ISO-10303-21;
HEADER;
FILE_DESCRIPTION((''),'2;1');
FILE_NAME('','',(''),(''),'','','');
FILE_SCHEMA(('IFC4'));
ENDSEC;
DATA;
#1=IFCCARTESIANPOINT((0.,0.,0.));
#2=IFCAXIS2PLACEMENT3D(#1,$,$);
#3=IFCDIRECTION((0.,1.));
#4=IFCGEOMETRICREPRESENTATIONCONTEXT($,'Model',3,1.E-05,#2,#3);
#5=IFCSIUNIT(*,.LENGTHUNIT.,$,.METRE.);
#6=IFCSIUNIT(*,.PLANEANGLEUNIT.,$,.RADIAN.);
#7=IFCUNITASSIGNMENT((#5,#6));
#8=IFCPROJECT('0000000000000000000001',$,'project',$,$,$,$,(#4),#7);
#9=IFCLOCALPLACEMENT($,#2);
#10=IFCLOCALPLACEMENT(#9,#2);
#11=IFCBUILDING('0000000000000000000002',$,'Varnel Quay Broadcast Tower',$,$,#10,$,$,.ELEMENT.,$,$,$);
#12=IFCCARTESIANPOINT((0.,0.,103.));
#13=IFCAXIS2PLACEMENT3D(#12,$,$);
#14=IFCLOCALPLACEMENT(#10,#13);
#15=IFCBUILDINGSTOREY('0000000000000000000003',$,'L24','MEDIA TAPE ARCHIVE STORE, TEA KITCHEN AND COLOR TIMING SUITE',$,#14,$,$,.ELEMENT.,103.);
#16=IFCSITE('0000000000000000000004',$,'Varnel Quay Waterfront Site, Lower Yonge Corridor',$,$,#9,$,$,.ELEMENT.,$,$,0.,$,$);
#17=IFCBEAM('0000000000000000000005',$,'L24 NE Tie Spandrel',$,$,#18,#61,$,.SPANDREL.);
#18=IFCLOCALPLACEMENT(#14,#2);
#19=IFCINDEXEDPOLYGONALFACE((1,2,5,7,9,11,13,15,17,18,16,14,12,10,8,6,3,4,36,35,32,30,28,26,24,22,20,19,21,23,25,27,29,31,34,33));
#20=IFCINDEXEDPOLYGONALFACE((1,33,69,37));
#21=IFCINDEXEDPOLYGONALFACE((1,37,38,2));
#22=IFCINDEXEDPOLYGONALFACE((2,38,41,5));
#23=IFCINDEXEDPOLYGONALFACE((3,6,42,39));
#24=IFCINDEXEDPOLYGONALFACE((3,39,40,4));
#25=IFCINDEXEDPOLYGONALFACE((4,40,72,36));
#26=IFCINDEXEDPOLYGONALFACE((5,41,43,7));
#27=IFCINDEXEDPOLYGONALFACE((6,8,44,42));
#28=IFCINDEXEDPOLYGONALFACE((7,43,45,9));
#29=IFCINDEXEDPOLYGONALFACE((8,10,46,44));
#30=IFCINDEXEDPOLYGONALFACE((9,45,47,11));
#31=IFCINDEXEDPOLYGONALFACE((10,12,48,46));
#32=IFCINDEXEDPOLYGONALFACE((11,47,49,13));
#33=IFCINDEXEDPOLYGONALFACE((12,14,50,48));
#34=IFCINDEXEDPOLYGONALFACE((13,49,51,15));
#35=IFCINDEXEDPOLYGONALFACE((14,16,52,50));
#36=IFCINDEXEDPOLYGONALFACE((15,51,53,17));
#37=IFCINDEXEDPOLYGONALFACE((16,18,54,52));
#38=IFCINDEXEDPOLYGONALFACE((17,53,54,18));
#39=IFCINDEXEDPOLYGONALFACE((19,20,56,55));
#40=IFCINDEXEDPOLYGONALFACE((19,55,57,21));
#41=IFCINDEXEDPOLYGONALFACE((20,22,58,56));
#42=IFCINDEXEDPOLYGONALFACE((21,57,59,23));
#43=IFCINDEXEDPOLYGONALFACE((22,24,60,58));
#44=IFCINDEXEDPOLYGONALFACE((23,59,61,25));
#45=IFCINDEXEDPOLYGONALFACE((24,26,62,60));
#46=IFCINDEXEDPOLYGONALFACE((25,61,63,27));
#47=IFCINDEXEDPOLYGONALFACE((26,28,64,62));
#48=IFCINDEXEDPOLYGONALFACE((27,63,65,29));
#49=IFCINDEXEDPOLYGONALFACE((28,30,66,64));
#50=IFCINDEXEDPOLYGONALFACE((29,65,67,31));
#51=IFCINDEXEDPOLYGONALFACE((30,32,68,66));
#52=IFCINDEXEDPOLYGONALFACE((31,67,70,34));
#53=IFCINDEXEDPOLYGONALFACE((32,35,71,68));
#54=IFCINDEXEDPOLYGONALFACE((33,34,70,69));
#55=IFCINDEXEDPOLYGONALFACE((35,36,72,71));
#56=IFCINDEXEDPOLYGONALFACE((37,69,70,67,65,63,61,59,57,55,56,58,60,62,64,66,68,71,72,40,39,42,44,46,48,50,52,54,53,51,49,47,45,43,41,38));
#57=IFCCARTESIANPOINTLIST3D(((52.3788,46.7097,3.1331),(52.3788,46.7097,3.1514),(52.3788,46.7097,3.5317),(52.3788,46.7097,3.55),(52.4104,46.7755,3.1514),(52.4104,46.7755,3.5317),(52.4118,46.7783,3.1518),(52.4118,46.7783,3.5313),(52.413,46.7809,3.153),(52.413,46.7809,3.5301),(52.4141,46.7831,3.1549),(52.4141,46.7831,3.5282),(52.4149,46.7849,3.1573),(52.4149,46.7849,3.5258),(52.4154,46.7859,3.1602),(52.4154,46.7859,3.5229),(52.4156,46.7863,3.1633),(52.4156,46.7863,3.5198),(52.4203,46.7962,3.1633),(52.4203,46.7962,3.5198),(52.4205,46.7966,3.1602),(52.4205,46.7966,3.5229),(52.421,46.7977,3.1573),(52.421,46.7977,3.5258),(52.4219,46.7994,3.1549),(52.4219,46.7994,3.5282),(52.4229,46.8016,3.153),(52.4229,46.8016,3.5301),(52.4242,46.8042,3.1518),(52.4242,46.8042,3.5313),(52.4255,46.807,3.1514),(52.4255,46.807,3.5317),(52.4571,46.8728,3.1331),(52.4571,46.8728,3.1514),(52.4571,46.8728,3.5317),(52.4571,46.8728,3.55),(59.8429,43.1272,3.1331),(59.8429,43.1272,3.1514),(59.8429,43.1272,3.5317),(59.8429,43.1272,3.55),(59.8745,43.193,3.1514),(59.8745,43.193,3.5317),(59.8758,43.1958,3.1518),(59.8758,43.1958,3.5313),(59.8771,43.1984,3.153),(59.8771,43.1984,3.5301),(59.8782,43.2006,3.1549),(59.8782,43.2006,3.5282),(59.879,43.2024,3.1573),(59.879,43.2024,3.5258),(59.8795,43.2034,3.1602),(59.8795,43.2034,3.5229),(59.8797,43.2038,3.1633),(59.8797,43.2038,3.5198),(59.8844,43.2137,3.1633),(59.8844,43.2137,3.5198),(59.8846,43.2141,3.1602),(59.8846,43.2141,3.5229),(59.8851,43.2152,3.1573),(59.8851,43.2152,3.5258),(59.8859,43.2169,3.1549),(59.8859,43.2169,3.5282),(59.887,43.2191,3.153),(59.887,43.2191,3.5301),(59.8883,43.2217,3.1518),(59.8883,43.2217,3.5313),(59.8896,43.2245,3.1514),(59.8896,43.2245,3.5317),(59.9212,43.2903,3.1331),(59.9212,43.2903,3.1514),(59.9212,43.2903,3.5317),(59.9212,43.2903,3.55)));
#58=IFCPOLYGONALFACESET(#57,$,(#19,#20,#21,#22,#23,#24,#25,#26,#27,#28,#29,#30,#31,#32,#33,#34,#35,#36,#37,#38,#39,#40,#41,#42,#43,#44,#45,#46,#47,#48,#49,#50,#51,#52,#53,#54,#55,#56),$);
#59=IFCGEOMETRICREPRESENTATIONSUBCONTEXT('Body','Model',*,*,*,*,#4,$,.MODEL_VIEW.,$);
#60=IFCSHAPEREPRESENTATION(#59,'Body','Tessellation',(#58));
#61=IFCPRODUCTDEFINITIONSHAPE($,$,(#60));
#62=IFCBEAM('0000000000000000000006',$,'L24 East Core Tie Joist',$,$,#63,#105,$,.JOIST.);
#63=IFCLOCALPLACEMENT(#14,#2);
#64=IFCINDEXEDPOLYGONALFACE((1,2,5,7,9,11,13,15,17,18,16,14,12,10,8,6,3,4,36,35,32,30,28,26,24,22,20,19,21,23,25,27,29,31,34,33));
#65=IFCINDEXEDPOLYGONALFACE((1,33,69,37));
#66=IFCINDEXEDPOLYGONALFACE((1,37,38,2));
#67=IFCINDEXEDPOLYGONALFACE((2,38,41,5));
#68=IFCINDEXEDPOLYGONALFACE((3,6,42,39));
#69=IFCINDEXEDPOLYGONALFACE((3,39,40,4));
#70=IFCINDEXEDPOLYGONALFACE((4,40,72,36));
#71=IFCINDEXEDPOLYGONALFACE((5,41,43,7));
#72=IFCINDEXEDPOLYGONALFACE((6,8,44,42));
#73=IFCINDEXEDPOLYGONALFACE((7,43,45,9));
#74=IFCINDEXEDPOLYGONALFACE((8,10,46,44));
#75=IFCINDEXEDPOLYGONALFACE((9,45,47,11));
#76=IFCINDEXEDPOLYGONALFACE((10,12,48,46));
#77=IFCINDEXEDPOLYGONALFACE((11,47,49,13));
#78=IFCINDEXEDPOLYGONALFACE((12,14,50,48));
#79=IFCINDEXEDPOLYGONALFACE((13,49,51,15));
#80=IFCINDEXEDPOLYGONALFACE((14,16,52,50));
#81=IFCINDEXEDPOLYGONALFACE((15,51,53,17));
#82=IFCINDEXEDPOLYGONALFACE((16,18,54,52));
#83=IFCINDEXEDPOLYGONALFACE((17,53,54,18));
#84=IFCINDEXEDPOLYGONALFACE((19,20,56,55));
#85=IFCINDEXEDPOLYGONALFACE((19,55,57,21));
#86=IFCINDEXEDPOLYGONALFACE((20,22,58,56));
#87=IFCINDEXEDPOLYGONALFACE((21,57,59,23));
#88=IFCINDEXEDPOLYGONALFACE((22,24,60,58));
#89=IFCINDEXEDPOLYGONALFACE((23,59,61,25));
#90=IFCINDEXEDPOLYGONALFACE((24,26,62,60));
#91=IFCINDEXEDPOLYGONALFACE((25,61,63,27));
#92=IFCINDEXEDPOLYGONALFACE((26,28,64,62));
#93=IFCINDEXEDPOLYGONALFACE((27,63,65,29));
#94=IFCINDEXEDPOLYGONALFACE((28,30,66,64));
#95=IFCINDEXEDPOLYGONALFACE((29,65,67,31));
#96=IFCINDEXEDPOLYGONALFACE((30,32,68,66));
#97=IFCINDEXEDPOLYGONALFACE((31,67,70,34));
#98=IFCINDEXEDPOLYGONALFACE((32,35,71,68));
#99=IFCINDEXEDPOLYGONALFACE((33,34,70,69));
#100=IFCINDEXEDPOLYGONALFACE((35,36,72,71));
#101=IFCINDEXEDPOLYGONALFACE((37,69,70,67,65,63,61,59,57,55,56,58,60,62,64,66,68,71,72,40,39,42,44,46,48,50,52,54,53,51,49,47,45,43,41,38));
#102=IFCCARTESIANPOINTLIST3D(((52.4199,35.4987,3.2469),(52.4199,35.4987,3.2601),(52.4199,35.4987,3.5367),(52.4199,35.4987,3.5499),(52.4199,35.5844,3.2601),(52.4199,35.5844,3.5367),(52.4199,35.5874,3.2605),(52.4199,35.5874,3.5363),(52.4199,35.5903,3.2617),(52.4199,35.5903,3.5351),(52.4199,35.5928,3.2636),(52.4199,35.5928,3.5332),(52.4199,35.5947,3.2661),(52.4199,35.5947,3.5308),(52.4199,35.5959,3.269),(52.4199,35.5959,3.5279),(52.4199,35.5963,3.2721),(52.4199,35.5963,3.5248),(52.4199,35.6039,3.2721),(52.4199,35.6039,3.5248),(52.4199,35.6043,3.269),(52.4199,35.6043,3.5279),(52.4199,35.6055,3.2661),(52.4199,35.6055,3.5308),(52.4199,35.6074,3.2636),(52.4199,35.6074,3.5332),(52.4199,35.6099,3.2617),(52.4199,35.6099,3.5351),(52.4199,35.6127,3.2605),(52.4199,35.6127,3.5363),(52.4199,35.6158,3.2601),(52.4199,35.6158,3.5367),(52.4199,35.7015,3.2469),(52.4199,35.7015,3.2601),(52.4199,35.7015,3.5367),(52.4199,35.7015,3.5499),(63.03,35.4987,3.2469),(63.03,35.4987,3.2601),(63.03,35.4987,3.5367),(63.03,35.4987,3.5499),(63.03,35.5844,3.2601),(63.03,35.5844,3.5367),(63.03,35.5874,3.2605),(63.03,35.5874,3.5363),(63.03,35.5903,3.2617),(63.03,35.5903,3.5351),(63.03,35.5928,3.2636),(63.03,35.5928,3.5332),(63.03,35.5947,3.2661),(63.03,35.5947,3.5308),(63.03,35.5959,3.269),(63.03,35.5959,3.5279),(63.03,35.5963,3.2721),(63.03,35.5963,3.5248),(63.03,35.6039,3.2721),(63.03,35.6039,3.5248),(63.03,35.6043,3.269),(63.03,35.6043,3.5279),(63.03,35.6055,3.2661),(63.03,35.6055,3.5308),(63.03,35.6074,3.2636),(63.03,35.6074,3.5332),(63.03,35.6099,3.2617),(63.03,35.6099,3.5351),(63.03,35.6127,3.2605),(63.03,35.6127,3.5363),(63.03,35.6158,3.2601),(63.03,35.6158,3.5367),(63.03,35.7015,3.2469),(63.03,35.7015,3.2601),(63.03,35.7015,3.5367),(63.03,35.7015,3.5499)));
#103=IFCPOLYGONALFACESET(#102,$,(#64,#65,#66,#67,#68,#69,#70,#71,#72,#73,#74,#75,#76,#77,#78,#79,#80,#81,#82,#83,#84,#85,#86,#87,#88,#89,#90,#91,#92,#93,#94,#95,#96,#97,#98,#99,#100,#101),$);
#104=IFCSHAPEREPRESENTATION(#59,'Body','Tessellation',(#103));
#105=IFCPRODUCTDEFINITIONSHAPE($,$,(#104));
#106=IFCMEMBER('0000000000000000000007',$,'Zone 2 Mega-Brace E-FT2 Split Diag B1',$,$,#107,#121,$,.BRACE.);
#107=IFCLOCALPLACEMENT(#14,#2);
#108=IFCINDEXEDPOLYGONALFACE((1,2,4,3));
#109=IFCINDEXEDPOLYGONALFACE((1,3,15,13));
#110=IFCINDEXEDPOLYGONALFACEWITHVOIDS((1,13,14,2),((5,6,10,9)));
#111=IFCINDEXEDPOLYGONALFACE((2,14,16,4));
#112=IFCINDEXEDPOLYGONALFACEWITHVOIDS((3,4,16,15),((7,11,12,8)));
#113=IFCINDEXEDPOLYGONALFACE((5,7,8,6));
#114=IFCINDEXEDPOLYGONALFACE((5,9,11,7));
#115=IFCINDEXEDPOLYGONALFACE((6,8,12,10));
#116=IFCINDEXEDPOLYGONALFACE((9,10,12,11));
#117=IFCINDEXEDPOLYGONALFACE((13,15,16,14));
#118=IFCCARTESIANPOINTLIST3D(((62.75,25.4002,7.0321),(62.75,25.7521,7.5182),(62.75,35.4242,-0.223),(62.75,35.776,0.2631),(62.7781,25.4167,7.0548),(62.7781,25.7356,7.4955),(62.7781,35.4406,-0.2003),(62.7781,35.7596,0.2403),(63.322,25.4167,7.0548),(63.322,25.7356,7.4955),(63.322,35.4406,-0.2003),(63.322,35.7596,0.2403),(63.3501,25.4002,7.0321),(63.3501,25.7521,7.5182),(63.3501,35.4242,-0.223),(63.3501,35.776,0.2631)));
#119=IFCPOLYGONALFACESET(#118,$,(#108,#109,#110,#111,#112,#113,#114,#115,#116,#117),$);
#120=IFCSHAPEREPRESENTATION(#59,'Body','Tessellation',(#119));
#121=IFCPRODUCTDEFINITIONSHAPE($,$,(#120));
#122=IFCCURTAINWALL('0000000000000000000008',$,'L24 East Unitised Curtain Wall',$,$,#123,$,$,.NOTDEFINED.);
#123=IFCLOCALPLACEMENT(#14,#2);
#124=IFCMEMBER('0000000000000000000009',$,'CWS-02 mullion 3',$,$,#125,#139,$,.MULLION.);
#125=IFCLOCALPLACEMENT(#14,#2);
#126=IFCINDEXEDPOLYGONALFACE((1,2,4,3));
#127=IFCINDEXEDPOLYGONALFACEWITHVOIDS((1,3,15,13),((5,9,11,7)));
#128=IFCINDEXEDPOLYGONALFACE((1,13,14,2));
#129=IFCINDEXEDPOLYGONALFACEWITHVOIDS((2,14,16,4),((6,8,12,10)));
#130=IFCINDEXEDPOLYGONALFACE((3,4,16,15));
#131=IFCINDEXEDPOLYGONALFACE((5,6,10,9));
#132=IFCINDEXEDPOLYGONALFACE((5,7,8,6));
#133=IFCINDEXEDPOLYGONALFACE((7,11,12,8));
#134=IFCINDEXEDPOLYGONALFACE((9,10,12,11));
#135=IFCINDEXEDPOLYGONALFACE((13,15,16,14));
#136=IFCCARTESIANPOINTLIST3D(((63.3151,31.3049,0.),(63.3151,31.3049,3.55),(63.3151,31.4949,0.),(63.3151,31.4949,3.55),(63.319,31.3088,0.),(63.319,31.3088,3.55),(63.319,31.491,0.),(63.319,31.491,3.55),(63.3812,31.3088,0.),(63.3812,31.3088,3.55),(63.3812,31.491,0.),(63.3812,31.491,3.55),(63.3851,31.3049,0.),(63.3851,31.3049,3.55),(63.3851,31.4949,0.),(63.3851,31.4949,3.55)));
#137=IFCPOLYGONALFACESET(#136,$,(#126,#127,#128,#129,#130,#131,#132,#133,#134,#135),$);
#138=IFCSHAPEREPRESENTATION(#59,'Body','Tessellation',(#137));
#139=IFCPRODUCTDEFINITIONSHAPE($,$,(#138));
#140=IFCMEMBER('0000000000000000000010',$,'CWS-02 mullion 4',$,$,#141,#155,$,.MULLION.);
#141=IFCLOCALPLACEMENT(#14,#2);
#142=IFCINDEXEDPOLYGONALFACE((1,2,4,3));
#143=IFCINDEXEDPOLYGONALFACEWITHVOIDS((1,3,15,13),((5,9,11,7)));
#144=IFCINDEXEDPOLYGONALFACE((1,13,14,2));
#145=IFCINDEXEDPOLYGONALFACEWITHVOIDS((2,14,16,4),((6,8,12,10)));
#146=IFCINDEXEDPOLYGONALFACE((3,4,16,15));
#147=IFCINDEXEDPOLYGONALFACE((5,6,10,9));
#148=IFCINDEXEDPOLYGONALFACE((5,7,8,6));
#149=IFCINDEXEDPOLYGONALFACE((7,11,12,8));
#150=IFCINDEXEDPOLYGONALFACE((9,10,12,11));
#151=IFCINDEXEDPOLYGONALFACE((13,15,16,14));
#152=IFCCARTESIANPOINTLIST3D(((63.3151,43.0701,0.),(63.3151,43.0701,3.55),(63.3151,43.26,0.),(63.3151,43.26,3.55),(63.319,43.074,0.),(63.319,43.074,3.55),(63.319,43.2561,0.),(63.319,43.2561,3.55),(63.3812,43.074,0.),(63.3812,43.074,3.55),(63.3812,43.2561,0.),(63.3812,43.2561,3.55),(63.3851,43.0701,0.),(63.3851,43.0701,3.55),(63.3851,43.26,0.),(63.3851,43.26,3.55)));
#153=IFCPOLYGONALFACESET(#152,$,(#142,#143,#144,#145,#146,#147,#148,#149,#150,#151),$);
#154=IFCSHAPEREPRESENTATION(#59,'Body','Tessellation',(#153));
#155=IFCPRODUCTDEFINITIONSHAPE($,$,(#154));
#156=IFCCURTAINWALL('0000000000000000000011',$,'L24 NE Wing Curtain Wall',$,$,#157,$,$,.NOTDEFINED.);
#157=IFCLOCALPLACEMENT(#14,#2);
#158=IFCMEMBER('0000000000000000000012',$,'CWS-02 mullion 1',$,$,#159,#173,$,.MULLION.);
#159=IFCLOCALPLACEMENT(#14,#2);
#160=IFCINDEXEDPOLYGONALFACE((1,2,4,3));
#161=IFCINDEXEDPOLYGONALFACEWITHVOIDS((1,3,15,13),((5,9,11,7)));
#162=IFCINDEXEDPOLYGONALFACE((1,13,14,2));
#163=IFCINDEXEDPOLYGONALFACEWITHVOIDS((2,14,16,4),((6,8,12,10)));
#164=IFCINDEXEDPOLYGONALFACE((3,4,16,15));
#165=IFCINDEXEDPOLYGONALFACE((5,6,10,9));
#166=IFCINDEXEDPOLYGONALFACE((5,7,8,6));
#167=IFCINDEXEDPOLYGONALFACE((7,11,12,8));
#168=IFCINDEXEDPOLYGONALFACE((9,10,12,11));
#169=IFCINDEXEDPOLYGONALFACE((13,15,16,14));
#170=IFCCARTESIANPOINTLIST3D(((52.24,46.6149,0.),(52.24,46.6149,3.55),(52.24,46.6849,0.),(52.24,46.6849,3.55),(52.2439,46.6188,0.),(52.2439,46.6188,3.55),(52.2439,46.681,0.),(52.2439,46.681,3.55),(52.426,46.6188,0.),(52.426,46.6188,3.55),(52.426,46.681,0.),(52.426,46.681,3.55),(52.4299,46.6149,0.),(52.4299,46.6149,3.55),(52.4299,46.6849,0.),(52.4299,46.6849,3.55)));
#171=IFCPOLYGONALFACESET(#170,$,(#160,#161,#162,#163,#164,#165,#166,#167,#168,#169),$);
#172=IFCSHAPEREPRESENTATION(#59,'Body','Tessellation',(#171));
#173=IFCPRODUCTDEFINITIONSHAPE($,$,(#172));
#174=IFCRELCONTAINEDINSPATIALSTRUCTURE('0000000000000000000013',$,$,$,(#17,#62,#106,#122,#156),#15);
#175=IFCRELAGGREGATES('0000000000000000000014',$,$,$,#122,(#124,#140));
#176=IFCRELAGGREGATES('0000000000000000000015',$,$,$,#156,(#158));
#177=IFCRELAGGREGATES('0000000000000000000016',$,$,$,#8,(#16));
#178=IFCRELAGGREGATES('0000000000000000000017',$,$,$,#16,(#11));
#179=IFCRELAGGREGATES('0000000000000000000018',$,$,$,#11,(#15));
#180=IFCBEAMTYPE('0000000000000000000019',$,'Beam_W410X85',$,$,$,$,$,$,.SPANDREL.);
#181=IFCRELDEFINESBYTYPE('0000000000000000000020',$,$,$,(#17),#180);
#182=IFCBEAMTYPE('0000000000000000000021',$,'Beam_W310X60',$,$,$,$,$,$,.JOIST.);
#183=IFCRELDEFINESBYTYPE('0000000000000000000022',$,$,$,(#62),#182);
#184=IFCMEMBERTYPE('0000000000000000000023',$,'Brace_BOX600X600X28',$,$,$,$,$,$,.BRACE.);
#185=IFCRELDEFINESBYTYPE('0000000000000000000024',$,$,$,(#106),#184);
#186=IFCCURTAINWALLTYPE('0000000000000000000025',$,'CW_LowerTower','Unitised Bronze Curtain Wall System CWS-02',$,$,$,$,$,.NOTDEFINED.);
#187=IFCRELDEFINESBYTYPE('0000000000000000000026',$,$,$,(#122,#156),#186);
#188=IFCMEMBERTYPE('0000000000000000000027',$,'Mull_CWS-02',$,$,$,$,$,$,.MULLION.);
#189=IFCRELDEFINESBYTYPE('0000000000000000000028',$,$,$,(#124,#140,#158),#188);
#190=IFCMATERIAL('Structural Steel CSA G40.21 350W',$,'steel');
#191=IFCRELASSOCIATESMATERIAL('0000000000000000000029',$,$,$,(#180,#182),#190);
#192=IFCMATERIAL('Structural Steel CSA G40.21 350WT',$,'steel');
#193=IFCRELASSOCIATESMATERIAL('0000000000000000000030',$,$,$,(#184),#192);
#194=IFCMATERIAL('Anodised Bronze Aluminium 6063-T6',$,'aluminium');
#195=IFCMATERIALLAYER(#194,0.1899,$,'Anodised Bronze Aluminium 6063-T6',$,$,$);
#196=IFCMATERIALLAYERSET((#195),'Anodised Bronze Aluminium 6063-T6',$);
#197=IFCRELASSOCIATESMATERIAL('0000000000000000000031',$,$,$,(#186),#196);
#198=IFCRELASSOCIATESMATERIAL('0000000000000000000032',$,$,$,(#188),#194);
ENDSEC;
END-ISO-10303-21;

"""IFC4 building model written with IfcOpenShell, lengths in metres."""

from ifc_helpers import new_model, si_unit, direction, frame, origin, origin_2d, place, context, subcontext, project, spatial, hollow_rectangle, i_section, extrude, source, transform, mapped, material, layer, layer_set, material_profile, profile_set, type_object, type_shapes, element, aggregate, save


model = new_model("IFC4")

# Units and contexts
model_context = context("Model", 3, precision=1e-05, world=origin(), true_north=direction((0.0, 1.0)))
body_context = subcontext(model_context, "Body", "Model", "MODEL_VIEW")
ifc_project = project(units=[si_unit("LENGTHUNIT", "METRE"), si_unit("PLANEANGLEUNIT", "RADIAN")], contexts=[model_context])

# Site, building, storey
site_placement = place(None, origin())
site = spatial("IfcSite", under=ifc_project, at=site_placement, Name="Varnel Quay Waterfront Site, Lower Yonge Corridor", CompositionType="ELEMENT", RefElevation=0.0)
building_placement = place(site_placement, origin())
building = spatial("IfcBuilding", under=site, at=building_placement, Name="Varnel Quay Broadcast Tower", CompositionType="ELEMENT")
storey_placement = place(building_placement, frame((0.0, 0.0, 103.0)))
storey = spatial("IfcBuildingStorey", under=building, at=storey_placement, Name="L24", Description="MEDIA TAPE ARCHIVE STORE, TEA KITCHEN AND COLOR TIMING SUITE", CompositionType="ELEMENT", Elevation=103.0)

# Shared definitions
ifc_material_1 = material(Name="Structural Steel CSA G40.21 350WT", Category="steel")
ifc_material_2 = material(Name="Structural Steel CSA G40.21 350W", Category="steel")

# Beams
ifc_material_profile_1 = material_profile(ifc_material_2, i_section(OverallWidth=0.1809, OverallDepth=0.417, WebThickness=0.011, FlangeThickness=0.0183, FilletRadius=0.012, at=origin_2d()), Name="W410X85")
ifc_profile_set_1 = profile_set([ifc_material_profile_1], Name="Structural Steel CSA G40.21 350W")
beam_type_1 = type_object("IfcBeamType", Name="Beam_W410X85", PredefinedType="SPANDREL", material=ifc_profile_set_1)
shared_shape_1 = source(origin(), body_context, "Body", "SweptSolid", [
    extrude(i_section(OverallWidth=0.1809, OverallDepth=0.417, WebThickness=0.011, FlangeThickness=0.0183, FilletRadius=0.012, at=origin_2d()), origin(), (0.0, 0.0, 1.0), 8.2793),
])
beam_1_placement = place(storey_placement, frame((52.418, 46.7913, 3.3416), z_axis=(0.901535, -0.432706, 0.0), x_axis=(0.432706, 0.901535, 0.0)))
element("IfcBeam", 1, at=beam_1_placement, inside=storey, type_object=beam_type_1, Name="L24 NE Tie Spandrel", PredefinedType="SPANDREL", context=body_context, shape_type="MappedRepresentation", body=[
    mapped(shared_shape_1, transform((0.0, 0.0, 0.0), x_axis=(1.0, 0.0, 0.0), y_axis=(0.0, 1.0, 0.0), z_axis=(0.0, 0.0, 1.0), scale=1.0)),
])
ifc_material_profile_2 = material_profile(ifc_material_2, i_section(OverallWidth=0.2029, OverallDepth=0.303, WebThickness=0.0076, FlangeThickness=0.0132, FilletRadius=0.012, at=origin_2d()), Name="W310X60")
ifc_profile_set_2 = profile_set([ifc_material_profile_2], Name="Structural Steel CSA G40.21 350W")
beam_type_2 = type_object("IfcBeamType", Name="Beam_W310X60", PredefinedType="JOIST", material=ifc_profile_set_2)
shared_shape_2 = source(origin(), body_context, "Body", "SweptSolid", [
    extrude(i_section(OverallWidth=0.2029, OverallDepth=0.303, WebThickness=0.0076, FlangeThickness=0.0132, FilletRadius=0.012, at=origin_2d()), origin(), (0.0, 0.0, 1.0), 10.6101),
])
type_shapes(beam_type_2, [shared_shape_2])
beam_2_placement = place(storey_placement, frame((52.4199, 35.6001, 3.3984), z_axis=(1.0, 0.0, 0.0), x_axis=(0.0, 1.0, 0.0)))
element("IfcBeam", 2, at=beam_2_placement, inside=storey, type_object=beam_type_2, Name="L24 East Core Tie Joist", PredefinedType="JOIST", context=body_context, shape_type="MappedRepresentation", body=[
    mapped(shared_shape_2, transform((0.0, 0.0, 0.0), x_axis=(1.0, 0.0, 0.0), y_axis=(0.0, 1.0, 0.0), z_axis=(0.0, 0.0, 1.0), scale=1.0)),
])

# Member
ifc_material_profile_3 = material_profile(ifc_material_1, hollow_rectangle(XDim=0.6001, YDim=0.6001, WallThickness=0.0281, at=origin_2d()), Name="BOX600X600X28")
ifc_profile_set_3 = profile_set([ifc_material_profile_3], Name="Structural Steel CSA G40.21 350WT")
member_type_1 = type_object("IfcMemberType", Name="Brace_BOX600X600X28", PredefinedType="BRACE", material=ifc_profile_set_3)
shared_shape_3 = source(origin(), body_context, "Body", "SweptSolid", [
    extrude(hollow_rectangle(XDim=0.6001, YDim=0.6001, WallThickness=0.0281, at=origin_2d()), origin(), (0.0, 0.0, 1.0), 12.374),
])
type_shapes(member_type_1, [shared_shape_3])
member_1_placement = place(storey_placement, frame((63.05, 35.6001, 0.02), z_axis=(0.0, -0.810079, 0.58632), x_axis=(1.0, 0.0, 0.0)))
element("IfcMember", 3, at=member_1_placement, inside=storey, type_object=member_type_1, Name="Zone 2 Mega-Brace E-FT2 Split Diag B1", PredefinedType="BRACE", context=body_context, shape_type="MappedRepresentation", body=[
    mapped(shared_shape_3, transform((0.0, 0.0, 0.0), x_axis=(1.0, 0.0, 0.0), y_axis=(0.0, 1.0, 0.0), z_axis=(0.0, 0.0, 1.0), scale=1.0)),
])

# Curtain walls, members
ifc_material_3 = material(Name="Anodised Bronze Aluminium 6063-T6", Category="aluminium")
ifc_layer_1 = layer(ifc_material_3, 0.1899, Name="Anodised Bronze Aluminium 6063-T6")
ifc_layer_set_1 = layer_set([ifc_layer_1], Name="Anodised Bronze Aluminium 6063-T6")
curtain_wall_type = type_object("IfcCurtainWallType", Name="CW_LowerTower", Description="Unitised Bronze Curtain Wall System CWS-02", PredefinedType="NOTDEFINED", material=ifc_layer_set_1)
curtain_wall_1_placement = place(storey_placement, origin())
curtain_wall_1 = element("IfcCurtainWall", 4, at=curtain_wall_1_placement, inside=storey, type_object=curtain_wall_type, Name="L24 East Unitised Curtain Wall", PredefinedType="NOTDEFINED")
ifc_material_profile_4 = material_profile(ifc_material_3, hollow_rectangle(XDim=0.0701, YDim=0.1899, WallThickness=0.0039, at=origin_2d()), Name="ALU70X190X4")
ifc_profile_set_4 = profile_set([ifc_material_profile_4], Name="Anodised Bronze Aluminium 6063-T6")
member_type_2 = type_object("IfcMemberType", Name="Mull_CWS-02", PredefinedType="MULLION", material=ifc_profile_set_4)
shared_shape_4 = source(origin(), body_context, "Body", "SweptSolid", [
    extrude(hollow_rectangle(XDim=0.0701, YDim=0.1899, WallThickness=0.0039, at=origin_2d()), origin(), (0.0, 0.0, 1.0), 3.55),
])
type_shapes(member_type_2, [shared_shape_4])
member_2_placement = place(storey_placement, frame((63.3501, 31.3999, 0.0), z_axis=(0.0, 0.0, 1.0), x_axis=(-1.0, 0.0, 0.0)))
member_2 = element("IfcMember", 5, at=member_2_placement, type_object=member_type_2, Name="CWS-02 mullion 3", PredefinedType="MULLION", context=body_context, shape_type="MappedRepresentation", body=[
    mapped(shared_shape_4, transform((0.0, 0.0, 0.0), x_axis=(1.0, 0.0, 0.0), y_axis=(0.0, 1.0, 0.0), z_axis=(0.0, 0.0, 1.0), scale=1.0)),
])
member_3_placement = place(storey_placement, frame((63.3501, 43.165, 0.0), z_axis=(0.0, 0.0, 1.0), x_axis=(-1.0, 0.0, 0.0)))
member_3 = element("IfcMember", 6, at=member_3_placement, type_object=member_type_2, Name="CWS-02 mullion 4", PredefinedType="MULLION", context=body_context, shape_type="MappedRepresentation", body=[
    mapped(shared_shape_4, transform((0.0, 0.0, 0.0), x_axis=(1.0, 0.0, 0.0), y_axis=(0.0, 1.0, 0.0), z_axis=(0.0, 0.0, 1.0), scale=1.0)),
])
curtain_wall_2_placement = place(storey_placement, origin())
curtain_wall_2 = element("IfcCurtainWall", 7, at=curtain_wall_2_placement, inside=storey, type_object=curtain_wall_type, Name="L24 NE Wing Curtain Wall", PredefinedType="NOTDEFINED")
member_4_placement = place(storey_placement, frame((52.335, 46.6499, 0.0), z_axis=(0.0, 0.0, 1.0), x_axis=(0.0, 1.0, 0.0)))
member_4 = element("IfcMember", 8, at=member_4_placement, type_object=member_type_2, Name="CWS-02 mullion 1", PredefinedType="MULLION", context=body_context, shape_type="MappedRepresentation", body=[
    mapped(shared_shape_4, transform((0.0, 0.0, 0.0), x_axis=(1.0, 0.0, 0.0), y_axis=(0.0, 1.0, 0.0), z_axis=(0.0, 0.0, 1.0), scale=1.0)),
])

aggregate(curtain_wall_1, [member_2, member_3])
aggregate(curtain_wall_2, [member_4])

save(model, "model.ifc")
